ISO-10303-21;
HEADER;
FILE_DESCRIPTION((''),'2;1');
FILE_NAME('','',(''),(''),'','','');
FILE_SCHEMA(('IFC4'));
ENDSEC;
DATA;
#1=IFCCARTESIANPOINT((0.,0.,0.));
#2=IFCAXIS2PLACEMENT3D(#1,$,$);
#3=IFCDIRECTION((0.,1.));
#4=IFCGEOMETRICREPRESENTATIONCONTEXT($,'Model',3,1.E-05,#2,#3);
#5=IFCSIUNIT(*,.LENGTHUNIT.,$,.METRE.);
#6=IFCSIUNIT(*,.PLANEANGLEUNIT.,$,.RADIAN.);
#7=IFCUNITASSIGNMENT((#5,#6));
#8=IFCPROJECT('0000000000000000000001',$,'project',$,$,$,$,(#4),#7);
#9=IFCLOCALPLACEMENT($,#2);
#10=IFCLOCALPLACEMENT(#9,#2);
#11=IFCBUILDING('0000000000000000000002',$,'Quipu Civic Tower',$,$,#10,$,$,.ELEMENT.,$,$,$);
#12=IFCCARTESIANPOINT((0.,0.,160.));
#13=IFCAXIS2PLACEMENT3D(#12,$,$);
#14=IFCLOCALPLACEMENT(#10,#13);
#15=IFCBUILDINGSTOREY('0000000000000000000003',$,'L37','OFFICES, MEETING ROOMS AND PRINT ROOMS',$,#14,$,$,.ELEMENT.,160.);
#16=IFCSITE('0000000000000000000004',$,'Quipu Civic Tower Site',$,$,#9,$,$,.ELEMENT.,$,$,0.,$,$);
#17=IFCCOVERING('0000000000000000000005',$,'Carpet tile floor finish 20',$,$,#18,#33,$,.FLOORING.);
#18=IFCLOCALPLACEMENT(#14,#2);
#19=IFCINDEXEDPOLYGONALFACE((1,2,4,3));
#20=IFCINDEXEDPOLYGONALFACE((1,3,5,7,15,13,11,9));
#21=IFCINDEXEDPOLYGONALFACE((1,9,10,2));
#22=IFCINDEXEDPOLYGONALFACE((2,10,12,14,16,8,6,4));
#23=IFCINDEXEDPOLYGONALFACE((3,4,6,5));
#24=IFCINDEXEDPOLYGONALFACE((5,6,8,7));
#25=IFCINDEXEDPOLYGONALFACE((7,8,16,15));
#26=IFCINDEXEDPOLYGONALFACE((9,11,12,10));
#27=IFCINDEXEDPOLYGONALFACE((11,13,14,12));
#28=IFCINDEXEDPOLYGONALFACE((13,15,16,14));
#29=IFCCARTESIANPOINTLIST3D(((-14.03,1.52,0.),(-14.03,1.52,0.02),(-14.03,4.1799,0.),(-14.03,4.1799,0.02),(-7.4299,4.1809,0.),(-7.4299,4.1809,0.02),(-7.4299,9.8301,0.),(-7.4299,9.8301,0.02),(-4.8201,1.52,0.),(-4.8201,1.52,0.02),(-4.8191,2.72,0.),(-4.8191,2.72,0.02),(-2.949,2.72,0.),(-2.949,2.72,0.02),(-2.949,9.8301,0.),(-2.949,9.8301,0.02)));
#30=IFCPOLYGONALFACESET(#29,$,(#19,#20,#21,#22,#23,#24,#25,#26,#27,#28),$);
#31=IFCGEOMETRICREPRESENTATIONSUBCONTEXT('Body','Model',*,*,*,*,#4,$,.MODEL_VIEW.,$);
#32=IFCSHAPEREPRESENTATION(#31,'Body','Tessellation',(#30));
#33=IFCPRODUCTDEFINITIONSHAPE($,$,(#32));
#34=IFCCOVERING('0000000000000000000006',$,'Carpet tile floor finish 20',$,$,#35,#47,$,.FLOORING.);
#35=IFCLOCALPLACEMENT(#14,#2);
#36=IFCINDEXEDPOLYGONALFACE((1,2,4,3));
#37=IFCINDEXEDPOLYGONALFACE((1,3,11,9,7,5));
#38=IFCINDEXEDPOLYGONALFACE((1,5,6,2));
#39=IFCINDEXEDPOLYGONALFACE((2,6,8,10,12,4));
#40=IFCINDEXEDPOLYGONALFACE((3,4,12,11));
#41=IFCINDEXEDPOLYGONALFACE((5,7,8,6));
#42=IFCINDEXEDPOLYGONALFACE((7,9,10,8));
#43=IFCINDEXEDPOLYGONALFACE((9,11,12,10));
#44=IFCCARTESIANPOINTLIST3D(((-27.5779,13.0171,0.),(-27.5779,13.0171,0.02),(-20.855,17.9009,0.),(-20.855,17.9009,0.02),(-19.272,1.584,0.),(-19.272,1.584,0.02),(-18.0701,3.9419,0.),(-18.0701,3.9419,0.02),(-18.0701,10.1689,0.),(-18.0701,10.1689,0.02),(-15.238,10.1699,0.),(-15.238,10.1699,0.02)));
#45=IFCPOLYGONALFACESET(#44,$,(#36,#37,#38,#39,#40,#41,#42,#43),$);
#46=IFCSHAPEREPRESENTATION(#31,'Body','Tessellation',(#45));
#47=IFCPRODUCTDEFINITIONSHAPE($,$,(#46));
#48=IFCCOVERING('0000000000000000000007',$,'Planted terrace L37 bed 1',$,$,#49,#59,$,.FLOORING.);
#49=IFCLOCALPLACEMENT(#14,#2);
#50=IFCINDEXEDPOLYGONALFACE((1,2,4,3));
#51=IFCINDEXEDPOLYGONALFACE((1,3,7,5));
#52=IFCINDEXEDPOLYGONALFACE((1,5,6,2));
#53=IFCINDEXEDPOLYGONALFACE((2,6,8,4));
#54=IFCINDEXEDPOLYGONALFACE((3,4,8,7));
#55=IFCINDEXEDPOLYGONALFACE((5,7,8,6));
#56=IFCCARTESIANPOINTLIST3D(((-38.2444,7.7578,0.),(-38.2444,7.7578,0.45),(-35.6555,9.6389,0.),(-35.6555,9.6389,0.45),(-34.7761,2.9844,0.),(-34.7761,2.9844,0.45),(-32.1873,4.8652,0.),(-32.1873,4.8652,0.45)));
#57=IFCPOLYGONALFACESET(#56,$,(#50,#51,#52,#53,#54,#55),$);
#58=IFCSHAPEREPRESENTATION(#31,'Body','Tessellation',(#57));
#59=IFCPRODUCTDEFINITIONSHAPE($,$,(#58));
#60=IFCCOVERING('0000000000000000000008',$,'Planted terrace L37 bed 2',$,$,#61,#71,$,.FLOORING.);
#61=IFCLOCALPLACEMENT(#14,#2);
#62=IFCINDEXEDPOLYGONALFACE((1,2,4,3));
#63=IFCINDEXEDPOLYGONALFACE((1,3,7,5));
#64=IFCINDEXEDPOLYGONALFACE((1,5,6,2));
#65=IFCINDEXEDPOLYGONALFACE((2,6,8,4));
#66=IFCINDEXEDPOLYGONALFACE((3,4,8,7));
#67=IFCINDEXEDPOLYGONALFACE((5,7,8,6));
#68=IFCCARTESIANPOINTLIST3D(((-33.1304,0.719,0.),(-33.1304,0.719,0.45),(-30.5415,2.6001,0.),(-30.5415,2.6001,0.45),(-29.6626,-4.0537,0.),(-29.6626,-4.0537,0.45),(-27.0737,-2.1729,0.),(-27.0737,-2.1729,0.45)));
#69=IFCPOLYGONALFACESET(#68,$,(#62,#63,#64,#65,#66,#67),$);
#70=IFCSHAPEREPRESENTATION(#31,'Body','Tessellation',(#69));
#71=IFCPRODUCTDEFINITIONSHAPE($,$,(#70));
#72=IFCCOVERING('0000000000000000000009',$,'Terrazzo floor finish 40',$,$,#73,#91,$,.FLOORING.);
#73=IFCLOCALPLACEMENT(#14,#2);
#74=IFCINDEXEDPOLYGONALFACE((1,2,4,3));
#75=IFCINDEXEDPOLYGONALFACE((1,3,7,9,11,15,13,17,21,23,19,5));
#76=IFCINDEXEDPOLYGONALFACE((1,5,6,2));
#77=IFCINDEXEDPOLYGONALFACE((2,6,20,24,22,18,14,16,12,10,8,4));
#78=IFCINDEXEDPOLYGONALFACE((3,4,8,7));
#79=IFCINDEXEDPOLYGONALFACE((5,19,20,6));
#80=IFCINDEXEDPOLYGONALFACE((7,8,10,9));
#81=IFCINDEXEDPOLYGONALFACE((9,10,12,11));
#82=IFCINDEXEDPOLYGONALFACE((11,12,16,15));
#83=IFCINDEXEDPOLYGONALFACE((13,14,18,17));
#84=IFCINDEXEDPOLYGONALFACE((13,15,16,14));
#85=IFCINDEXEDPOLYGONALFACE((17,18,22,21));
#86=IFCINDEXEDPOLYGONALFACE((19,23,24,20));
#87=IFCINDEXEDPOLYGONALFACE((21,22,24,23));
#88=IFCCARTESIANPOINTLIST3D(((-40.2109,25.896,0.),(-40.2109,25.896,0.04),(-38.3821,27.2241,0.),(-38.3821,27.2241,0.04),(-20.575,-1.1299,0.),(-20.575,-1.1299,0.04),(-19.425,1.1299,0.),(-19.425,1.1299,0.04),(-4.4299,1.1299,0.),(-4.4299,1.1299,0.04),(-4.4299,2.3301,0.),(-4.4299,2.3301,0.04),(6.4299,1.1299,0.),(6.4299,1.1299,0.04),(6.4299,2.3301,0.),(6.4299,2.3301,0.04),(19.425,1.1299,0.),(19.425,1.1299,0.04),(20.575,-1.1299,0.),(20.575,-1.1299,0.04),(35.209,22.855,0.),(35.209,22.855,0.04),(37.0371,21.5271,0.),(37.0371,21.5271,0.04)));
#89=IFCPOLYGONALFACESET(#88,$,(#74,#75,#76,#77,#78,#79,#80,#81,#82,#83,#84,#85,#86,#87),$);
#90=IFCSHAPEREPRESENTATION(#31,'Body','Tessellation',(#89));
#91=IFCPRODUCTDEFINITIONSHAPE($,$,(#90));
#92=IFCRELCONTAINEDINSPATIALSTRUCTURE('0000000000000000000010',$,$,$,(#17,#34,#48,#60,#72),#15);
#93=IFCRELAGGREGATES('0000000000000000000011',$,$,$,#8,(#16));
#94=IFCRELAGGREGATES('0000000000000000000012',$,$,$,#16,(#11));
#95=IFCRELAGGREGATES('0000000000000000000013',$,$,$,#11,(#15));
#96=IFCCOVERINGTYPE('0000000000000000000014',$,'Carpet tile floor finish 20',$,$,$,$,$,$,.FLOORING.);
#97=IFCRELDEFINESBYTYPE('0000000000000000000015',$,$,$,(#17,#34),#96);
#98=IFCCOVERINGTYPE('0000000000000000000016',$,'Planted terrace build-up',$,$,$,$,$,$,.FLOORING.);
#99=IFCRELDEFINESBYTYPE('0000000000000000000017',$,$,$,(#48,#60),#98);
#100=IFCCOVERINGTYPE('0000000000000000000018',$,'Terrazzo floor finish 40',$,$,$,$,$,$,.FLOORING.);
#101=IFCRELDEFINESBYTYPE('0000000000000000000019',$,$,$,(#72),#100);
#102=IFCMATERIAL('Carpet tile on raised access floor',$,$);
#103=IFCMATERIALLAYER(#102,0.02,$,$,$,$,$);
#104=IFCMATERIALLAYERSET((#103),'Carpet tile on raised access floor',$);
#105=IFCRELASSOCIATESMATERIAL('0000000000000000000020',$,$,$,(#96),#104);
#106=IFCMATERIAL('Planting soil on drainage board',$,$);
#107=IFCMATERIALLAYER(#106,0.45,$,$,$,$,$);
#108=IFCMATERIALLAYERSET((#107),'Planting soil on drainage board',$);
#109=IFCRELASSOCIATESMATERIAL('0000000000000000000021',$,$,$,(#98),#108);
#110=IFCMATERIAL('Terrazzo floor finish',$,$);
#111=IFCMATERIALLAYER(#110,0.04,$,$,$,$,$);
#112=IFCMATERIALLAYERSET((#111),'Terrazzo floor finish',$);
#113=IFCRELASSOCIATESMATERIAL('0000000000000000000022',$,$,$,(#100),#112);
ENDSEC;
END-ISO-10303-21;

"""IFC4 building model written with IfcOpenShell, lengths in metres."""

from ifc_helpers import new_model, si_unit, direction, frame, origin, place, context, subcontext, project, spatial, polyline, outline, extrude, material, layer, layer_set, type_object, element, save


model = new_model("IFC4")

# Units and contexts
model_context = context("Model", 3, precision=1e-05, world=origin(), true_north=direction((0.0, 1.0)))
body_context = subcontext(model_context, "Body", "Model", "MODEL_VIEW")
ifc_project = project(units=[si_unit("LENGTHUNIT", "METRE"), si_unit("PLANEANGLEUNIT", "RADIAN")], contexts=[model_context])

# Site, building, storey
site_placement = place(None, origin())
site = spatial("IfcSite", under=ifc_project, at=site_placement, Name="Quipu Civic Tower Site", CompositionType="ELEMENT", RefElevation=0.0)
building_placement = place(site_placement, origin())
building = spatial("IfcBuilding", under=site, at=building_placement, Name="Quipu Civic Tower", CompositionType="ELEMENT")
storey_placement = place(building_placement, frame((0.0, 0.0, 160.0)))
storey = spatial("IfcBuildingStorey", under=building, at=storey_placement, Name="L37", Description="OFFICES, MEETING ROOMS AND PRINT ROOMS", CompositionType="ELEMENT", Elevation=160.0)

# Coverings
ifc_material_1 = material(Name="Carpet tile on raised access floor")
ifc_layer_1 = layer(ifc_material_1, 0.02)
ifc_layer_set_1 = layer_set([ifc_layer_1], Name="Carpet tile on raised access floor")
covering_type_1 = type_object("IfcCoveringType", Name="Carpet tile floor finish 20", PredefinedType="FLOORING", material=ifc_layer_set_1)
covering_1_placement = place(storey_placement, origin())
element("IfcCovering", 1, at=covering_1_placement, inside=storey, type_object=covering_type_1, Name="Carpet tile floor finish 20", PredefinedType="FLOORING", context=body_context, shape_type="SweptSolid", body=[
    extrude(outline(polyline([(-14.03, 1.52), (-14.03, 4.1799), (-7.4299, 4.1809), (-7.4299, 9.8301), (-2.949, 9.8301), (-2.949, 2.72), (-4.8191, 2.72), (-4.8201, 1.52), (-14.03, 1.52)])), origin(), (0.0, 0.0, 1.0), 0.02),
])
covering_2_placement = place(storey_placement, origin())
element("IfcCovering", 2, at=covering_2_placement, inside=storey, type_object=covering_type_1, Name="Carpet tile floor finish 20", PredefinedType="FLOORING", context=body_context, shape_type="SweptSolid", body=[
    extrude(outline(polyline([(-27.5779, 13.0171), (-20.855, 17.9009), (-15.238, 10.1699), (-18.0701, 10.1689), (-18.0701, 3.9419), (-19.272, 1.584), (-27.5779, 13.0171)])), origin(), (0.0, 0.0, 1.0), 0.02),
])
ifc_material_2 = material(Name="Planting soil on drainage board")
ifc_layer_2 = layer(ifc_material_2, 0.45)
ifc_layer_set_2 = layer_set([ifc_layer_2], Name="Planting soil on drainage board")
covering_type_2 = type_object("IfcCoveringType", Name="Planted terrace build-up", PredefinedType="FLOORING", material=ifc_layer_set_2)
covering_3_placement = place(storey_placement, origin())
element("IfcCovering", 3, at=covering_3_placement, inside=storey, type_object=covering_type_2, Name="Planted terrace L37 bed 1", PredefinedType="FLOORING", context=body_context, shape_type="SweptSolid", body=[
    extrude(outline(polyline([(-38.2444, 7.7578), (-35.6555, 9.6389), (-32.1873, 4.8652), (-34.7761, 2.9844), (-38.2444, 7.7578)])), origin(), (0.0, 0.0, 1.0), 0.45),
])
covering_4_placement = place(storey_placement, origin())
element("IfcCovering", 4, at=covering_4_placement, inside=storey, type_object=covering_type_2, Name="Planted terrace L37 bed 2", PredefinedType="FLOORING", context=body_context, shape_type="SweptSolid", body=[
    extrude(outline(polyline([(-33.1304, 0.719), (-30.5415, 2.6001), (-27.0737, -2.1729), (-29.6626, -4.0537), (-33.1304, 0.719)])), origin(), (0.0, 0.0, 1.0), 0.45),
])
ifc_material_3 = material(Name="Terrazzo floor finish")
ifc_layer_3 = layer(ifc_material_3, 0.04)
ifc_layer_set_3 = layer_set([ifc_layer_3], Name="Terrazzo floor finish")
covering_type_3 = type_object("IfcCoveringType", Name="Terrazzo floor finish 40", PredefinedType="FLOORING", material=ifc_layer_set_3)
covering_5_placement = place(storey_placement, origin())
element("IfcCovering", 5, at=covering_5_placement, inside=storey, type_object=covering_type_3, Name="Terrazzo floor finish 40", PredefinedType="FLOORING", context=body_context, shape_type="SweptSolid", body=[
    extrude(outline(polyline([(6.4299, 1.1299), (19.425, 1.1299), (35.209, 22.855), (37.0371, 21.5271), (20.575, -1.1299), (-20.575, -1.1299), (-40.2109, 25.896), (-38.3821, 27.2241), (-19.425, 1.1299), (-4.4299, 1.1299), (-4.4299, 2.3301), (6.4299, 2.3301), (6.4299, 1.1299)])), origin(), (0.0, 0.0, 1.0), 0.04),
])

save(model, "model.ifc")
